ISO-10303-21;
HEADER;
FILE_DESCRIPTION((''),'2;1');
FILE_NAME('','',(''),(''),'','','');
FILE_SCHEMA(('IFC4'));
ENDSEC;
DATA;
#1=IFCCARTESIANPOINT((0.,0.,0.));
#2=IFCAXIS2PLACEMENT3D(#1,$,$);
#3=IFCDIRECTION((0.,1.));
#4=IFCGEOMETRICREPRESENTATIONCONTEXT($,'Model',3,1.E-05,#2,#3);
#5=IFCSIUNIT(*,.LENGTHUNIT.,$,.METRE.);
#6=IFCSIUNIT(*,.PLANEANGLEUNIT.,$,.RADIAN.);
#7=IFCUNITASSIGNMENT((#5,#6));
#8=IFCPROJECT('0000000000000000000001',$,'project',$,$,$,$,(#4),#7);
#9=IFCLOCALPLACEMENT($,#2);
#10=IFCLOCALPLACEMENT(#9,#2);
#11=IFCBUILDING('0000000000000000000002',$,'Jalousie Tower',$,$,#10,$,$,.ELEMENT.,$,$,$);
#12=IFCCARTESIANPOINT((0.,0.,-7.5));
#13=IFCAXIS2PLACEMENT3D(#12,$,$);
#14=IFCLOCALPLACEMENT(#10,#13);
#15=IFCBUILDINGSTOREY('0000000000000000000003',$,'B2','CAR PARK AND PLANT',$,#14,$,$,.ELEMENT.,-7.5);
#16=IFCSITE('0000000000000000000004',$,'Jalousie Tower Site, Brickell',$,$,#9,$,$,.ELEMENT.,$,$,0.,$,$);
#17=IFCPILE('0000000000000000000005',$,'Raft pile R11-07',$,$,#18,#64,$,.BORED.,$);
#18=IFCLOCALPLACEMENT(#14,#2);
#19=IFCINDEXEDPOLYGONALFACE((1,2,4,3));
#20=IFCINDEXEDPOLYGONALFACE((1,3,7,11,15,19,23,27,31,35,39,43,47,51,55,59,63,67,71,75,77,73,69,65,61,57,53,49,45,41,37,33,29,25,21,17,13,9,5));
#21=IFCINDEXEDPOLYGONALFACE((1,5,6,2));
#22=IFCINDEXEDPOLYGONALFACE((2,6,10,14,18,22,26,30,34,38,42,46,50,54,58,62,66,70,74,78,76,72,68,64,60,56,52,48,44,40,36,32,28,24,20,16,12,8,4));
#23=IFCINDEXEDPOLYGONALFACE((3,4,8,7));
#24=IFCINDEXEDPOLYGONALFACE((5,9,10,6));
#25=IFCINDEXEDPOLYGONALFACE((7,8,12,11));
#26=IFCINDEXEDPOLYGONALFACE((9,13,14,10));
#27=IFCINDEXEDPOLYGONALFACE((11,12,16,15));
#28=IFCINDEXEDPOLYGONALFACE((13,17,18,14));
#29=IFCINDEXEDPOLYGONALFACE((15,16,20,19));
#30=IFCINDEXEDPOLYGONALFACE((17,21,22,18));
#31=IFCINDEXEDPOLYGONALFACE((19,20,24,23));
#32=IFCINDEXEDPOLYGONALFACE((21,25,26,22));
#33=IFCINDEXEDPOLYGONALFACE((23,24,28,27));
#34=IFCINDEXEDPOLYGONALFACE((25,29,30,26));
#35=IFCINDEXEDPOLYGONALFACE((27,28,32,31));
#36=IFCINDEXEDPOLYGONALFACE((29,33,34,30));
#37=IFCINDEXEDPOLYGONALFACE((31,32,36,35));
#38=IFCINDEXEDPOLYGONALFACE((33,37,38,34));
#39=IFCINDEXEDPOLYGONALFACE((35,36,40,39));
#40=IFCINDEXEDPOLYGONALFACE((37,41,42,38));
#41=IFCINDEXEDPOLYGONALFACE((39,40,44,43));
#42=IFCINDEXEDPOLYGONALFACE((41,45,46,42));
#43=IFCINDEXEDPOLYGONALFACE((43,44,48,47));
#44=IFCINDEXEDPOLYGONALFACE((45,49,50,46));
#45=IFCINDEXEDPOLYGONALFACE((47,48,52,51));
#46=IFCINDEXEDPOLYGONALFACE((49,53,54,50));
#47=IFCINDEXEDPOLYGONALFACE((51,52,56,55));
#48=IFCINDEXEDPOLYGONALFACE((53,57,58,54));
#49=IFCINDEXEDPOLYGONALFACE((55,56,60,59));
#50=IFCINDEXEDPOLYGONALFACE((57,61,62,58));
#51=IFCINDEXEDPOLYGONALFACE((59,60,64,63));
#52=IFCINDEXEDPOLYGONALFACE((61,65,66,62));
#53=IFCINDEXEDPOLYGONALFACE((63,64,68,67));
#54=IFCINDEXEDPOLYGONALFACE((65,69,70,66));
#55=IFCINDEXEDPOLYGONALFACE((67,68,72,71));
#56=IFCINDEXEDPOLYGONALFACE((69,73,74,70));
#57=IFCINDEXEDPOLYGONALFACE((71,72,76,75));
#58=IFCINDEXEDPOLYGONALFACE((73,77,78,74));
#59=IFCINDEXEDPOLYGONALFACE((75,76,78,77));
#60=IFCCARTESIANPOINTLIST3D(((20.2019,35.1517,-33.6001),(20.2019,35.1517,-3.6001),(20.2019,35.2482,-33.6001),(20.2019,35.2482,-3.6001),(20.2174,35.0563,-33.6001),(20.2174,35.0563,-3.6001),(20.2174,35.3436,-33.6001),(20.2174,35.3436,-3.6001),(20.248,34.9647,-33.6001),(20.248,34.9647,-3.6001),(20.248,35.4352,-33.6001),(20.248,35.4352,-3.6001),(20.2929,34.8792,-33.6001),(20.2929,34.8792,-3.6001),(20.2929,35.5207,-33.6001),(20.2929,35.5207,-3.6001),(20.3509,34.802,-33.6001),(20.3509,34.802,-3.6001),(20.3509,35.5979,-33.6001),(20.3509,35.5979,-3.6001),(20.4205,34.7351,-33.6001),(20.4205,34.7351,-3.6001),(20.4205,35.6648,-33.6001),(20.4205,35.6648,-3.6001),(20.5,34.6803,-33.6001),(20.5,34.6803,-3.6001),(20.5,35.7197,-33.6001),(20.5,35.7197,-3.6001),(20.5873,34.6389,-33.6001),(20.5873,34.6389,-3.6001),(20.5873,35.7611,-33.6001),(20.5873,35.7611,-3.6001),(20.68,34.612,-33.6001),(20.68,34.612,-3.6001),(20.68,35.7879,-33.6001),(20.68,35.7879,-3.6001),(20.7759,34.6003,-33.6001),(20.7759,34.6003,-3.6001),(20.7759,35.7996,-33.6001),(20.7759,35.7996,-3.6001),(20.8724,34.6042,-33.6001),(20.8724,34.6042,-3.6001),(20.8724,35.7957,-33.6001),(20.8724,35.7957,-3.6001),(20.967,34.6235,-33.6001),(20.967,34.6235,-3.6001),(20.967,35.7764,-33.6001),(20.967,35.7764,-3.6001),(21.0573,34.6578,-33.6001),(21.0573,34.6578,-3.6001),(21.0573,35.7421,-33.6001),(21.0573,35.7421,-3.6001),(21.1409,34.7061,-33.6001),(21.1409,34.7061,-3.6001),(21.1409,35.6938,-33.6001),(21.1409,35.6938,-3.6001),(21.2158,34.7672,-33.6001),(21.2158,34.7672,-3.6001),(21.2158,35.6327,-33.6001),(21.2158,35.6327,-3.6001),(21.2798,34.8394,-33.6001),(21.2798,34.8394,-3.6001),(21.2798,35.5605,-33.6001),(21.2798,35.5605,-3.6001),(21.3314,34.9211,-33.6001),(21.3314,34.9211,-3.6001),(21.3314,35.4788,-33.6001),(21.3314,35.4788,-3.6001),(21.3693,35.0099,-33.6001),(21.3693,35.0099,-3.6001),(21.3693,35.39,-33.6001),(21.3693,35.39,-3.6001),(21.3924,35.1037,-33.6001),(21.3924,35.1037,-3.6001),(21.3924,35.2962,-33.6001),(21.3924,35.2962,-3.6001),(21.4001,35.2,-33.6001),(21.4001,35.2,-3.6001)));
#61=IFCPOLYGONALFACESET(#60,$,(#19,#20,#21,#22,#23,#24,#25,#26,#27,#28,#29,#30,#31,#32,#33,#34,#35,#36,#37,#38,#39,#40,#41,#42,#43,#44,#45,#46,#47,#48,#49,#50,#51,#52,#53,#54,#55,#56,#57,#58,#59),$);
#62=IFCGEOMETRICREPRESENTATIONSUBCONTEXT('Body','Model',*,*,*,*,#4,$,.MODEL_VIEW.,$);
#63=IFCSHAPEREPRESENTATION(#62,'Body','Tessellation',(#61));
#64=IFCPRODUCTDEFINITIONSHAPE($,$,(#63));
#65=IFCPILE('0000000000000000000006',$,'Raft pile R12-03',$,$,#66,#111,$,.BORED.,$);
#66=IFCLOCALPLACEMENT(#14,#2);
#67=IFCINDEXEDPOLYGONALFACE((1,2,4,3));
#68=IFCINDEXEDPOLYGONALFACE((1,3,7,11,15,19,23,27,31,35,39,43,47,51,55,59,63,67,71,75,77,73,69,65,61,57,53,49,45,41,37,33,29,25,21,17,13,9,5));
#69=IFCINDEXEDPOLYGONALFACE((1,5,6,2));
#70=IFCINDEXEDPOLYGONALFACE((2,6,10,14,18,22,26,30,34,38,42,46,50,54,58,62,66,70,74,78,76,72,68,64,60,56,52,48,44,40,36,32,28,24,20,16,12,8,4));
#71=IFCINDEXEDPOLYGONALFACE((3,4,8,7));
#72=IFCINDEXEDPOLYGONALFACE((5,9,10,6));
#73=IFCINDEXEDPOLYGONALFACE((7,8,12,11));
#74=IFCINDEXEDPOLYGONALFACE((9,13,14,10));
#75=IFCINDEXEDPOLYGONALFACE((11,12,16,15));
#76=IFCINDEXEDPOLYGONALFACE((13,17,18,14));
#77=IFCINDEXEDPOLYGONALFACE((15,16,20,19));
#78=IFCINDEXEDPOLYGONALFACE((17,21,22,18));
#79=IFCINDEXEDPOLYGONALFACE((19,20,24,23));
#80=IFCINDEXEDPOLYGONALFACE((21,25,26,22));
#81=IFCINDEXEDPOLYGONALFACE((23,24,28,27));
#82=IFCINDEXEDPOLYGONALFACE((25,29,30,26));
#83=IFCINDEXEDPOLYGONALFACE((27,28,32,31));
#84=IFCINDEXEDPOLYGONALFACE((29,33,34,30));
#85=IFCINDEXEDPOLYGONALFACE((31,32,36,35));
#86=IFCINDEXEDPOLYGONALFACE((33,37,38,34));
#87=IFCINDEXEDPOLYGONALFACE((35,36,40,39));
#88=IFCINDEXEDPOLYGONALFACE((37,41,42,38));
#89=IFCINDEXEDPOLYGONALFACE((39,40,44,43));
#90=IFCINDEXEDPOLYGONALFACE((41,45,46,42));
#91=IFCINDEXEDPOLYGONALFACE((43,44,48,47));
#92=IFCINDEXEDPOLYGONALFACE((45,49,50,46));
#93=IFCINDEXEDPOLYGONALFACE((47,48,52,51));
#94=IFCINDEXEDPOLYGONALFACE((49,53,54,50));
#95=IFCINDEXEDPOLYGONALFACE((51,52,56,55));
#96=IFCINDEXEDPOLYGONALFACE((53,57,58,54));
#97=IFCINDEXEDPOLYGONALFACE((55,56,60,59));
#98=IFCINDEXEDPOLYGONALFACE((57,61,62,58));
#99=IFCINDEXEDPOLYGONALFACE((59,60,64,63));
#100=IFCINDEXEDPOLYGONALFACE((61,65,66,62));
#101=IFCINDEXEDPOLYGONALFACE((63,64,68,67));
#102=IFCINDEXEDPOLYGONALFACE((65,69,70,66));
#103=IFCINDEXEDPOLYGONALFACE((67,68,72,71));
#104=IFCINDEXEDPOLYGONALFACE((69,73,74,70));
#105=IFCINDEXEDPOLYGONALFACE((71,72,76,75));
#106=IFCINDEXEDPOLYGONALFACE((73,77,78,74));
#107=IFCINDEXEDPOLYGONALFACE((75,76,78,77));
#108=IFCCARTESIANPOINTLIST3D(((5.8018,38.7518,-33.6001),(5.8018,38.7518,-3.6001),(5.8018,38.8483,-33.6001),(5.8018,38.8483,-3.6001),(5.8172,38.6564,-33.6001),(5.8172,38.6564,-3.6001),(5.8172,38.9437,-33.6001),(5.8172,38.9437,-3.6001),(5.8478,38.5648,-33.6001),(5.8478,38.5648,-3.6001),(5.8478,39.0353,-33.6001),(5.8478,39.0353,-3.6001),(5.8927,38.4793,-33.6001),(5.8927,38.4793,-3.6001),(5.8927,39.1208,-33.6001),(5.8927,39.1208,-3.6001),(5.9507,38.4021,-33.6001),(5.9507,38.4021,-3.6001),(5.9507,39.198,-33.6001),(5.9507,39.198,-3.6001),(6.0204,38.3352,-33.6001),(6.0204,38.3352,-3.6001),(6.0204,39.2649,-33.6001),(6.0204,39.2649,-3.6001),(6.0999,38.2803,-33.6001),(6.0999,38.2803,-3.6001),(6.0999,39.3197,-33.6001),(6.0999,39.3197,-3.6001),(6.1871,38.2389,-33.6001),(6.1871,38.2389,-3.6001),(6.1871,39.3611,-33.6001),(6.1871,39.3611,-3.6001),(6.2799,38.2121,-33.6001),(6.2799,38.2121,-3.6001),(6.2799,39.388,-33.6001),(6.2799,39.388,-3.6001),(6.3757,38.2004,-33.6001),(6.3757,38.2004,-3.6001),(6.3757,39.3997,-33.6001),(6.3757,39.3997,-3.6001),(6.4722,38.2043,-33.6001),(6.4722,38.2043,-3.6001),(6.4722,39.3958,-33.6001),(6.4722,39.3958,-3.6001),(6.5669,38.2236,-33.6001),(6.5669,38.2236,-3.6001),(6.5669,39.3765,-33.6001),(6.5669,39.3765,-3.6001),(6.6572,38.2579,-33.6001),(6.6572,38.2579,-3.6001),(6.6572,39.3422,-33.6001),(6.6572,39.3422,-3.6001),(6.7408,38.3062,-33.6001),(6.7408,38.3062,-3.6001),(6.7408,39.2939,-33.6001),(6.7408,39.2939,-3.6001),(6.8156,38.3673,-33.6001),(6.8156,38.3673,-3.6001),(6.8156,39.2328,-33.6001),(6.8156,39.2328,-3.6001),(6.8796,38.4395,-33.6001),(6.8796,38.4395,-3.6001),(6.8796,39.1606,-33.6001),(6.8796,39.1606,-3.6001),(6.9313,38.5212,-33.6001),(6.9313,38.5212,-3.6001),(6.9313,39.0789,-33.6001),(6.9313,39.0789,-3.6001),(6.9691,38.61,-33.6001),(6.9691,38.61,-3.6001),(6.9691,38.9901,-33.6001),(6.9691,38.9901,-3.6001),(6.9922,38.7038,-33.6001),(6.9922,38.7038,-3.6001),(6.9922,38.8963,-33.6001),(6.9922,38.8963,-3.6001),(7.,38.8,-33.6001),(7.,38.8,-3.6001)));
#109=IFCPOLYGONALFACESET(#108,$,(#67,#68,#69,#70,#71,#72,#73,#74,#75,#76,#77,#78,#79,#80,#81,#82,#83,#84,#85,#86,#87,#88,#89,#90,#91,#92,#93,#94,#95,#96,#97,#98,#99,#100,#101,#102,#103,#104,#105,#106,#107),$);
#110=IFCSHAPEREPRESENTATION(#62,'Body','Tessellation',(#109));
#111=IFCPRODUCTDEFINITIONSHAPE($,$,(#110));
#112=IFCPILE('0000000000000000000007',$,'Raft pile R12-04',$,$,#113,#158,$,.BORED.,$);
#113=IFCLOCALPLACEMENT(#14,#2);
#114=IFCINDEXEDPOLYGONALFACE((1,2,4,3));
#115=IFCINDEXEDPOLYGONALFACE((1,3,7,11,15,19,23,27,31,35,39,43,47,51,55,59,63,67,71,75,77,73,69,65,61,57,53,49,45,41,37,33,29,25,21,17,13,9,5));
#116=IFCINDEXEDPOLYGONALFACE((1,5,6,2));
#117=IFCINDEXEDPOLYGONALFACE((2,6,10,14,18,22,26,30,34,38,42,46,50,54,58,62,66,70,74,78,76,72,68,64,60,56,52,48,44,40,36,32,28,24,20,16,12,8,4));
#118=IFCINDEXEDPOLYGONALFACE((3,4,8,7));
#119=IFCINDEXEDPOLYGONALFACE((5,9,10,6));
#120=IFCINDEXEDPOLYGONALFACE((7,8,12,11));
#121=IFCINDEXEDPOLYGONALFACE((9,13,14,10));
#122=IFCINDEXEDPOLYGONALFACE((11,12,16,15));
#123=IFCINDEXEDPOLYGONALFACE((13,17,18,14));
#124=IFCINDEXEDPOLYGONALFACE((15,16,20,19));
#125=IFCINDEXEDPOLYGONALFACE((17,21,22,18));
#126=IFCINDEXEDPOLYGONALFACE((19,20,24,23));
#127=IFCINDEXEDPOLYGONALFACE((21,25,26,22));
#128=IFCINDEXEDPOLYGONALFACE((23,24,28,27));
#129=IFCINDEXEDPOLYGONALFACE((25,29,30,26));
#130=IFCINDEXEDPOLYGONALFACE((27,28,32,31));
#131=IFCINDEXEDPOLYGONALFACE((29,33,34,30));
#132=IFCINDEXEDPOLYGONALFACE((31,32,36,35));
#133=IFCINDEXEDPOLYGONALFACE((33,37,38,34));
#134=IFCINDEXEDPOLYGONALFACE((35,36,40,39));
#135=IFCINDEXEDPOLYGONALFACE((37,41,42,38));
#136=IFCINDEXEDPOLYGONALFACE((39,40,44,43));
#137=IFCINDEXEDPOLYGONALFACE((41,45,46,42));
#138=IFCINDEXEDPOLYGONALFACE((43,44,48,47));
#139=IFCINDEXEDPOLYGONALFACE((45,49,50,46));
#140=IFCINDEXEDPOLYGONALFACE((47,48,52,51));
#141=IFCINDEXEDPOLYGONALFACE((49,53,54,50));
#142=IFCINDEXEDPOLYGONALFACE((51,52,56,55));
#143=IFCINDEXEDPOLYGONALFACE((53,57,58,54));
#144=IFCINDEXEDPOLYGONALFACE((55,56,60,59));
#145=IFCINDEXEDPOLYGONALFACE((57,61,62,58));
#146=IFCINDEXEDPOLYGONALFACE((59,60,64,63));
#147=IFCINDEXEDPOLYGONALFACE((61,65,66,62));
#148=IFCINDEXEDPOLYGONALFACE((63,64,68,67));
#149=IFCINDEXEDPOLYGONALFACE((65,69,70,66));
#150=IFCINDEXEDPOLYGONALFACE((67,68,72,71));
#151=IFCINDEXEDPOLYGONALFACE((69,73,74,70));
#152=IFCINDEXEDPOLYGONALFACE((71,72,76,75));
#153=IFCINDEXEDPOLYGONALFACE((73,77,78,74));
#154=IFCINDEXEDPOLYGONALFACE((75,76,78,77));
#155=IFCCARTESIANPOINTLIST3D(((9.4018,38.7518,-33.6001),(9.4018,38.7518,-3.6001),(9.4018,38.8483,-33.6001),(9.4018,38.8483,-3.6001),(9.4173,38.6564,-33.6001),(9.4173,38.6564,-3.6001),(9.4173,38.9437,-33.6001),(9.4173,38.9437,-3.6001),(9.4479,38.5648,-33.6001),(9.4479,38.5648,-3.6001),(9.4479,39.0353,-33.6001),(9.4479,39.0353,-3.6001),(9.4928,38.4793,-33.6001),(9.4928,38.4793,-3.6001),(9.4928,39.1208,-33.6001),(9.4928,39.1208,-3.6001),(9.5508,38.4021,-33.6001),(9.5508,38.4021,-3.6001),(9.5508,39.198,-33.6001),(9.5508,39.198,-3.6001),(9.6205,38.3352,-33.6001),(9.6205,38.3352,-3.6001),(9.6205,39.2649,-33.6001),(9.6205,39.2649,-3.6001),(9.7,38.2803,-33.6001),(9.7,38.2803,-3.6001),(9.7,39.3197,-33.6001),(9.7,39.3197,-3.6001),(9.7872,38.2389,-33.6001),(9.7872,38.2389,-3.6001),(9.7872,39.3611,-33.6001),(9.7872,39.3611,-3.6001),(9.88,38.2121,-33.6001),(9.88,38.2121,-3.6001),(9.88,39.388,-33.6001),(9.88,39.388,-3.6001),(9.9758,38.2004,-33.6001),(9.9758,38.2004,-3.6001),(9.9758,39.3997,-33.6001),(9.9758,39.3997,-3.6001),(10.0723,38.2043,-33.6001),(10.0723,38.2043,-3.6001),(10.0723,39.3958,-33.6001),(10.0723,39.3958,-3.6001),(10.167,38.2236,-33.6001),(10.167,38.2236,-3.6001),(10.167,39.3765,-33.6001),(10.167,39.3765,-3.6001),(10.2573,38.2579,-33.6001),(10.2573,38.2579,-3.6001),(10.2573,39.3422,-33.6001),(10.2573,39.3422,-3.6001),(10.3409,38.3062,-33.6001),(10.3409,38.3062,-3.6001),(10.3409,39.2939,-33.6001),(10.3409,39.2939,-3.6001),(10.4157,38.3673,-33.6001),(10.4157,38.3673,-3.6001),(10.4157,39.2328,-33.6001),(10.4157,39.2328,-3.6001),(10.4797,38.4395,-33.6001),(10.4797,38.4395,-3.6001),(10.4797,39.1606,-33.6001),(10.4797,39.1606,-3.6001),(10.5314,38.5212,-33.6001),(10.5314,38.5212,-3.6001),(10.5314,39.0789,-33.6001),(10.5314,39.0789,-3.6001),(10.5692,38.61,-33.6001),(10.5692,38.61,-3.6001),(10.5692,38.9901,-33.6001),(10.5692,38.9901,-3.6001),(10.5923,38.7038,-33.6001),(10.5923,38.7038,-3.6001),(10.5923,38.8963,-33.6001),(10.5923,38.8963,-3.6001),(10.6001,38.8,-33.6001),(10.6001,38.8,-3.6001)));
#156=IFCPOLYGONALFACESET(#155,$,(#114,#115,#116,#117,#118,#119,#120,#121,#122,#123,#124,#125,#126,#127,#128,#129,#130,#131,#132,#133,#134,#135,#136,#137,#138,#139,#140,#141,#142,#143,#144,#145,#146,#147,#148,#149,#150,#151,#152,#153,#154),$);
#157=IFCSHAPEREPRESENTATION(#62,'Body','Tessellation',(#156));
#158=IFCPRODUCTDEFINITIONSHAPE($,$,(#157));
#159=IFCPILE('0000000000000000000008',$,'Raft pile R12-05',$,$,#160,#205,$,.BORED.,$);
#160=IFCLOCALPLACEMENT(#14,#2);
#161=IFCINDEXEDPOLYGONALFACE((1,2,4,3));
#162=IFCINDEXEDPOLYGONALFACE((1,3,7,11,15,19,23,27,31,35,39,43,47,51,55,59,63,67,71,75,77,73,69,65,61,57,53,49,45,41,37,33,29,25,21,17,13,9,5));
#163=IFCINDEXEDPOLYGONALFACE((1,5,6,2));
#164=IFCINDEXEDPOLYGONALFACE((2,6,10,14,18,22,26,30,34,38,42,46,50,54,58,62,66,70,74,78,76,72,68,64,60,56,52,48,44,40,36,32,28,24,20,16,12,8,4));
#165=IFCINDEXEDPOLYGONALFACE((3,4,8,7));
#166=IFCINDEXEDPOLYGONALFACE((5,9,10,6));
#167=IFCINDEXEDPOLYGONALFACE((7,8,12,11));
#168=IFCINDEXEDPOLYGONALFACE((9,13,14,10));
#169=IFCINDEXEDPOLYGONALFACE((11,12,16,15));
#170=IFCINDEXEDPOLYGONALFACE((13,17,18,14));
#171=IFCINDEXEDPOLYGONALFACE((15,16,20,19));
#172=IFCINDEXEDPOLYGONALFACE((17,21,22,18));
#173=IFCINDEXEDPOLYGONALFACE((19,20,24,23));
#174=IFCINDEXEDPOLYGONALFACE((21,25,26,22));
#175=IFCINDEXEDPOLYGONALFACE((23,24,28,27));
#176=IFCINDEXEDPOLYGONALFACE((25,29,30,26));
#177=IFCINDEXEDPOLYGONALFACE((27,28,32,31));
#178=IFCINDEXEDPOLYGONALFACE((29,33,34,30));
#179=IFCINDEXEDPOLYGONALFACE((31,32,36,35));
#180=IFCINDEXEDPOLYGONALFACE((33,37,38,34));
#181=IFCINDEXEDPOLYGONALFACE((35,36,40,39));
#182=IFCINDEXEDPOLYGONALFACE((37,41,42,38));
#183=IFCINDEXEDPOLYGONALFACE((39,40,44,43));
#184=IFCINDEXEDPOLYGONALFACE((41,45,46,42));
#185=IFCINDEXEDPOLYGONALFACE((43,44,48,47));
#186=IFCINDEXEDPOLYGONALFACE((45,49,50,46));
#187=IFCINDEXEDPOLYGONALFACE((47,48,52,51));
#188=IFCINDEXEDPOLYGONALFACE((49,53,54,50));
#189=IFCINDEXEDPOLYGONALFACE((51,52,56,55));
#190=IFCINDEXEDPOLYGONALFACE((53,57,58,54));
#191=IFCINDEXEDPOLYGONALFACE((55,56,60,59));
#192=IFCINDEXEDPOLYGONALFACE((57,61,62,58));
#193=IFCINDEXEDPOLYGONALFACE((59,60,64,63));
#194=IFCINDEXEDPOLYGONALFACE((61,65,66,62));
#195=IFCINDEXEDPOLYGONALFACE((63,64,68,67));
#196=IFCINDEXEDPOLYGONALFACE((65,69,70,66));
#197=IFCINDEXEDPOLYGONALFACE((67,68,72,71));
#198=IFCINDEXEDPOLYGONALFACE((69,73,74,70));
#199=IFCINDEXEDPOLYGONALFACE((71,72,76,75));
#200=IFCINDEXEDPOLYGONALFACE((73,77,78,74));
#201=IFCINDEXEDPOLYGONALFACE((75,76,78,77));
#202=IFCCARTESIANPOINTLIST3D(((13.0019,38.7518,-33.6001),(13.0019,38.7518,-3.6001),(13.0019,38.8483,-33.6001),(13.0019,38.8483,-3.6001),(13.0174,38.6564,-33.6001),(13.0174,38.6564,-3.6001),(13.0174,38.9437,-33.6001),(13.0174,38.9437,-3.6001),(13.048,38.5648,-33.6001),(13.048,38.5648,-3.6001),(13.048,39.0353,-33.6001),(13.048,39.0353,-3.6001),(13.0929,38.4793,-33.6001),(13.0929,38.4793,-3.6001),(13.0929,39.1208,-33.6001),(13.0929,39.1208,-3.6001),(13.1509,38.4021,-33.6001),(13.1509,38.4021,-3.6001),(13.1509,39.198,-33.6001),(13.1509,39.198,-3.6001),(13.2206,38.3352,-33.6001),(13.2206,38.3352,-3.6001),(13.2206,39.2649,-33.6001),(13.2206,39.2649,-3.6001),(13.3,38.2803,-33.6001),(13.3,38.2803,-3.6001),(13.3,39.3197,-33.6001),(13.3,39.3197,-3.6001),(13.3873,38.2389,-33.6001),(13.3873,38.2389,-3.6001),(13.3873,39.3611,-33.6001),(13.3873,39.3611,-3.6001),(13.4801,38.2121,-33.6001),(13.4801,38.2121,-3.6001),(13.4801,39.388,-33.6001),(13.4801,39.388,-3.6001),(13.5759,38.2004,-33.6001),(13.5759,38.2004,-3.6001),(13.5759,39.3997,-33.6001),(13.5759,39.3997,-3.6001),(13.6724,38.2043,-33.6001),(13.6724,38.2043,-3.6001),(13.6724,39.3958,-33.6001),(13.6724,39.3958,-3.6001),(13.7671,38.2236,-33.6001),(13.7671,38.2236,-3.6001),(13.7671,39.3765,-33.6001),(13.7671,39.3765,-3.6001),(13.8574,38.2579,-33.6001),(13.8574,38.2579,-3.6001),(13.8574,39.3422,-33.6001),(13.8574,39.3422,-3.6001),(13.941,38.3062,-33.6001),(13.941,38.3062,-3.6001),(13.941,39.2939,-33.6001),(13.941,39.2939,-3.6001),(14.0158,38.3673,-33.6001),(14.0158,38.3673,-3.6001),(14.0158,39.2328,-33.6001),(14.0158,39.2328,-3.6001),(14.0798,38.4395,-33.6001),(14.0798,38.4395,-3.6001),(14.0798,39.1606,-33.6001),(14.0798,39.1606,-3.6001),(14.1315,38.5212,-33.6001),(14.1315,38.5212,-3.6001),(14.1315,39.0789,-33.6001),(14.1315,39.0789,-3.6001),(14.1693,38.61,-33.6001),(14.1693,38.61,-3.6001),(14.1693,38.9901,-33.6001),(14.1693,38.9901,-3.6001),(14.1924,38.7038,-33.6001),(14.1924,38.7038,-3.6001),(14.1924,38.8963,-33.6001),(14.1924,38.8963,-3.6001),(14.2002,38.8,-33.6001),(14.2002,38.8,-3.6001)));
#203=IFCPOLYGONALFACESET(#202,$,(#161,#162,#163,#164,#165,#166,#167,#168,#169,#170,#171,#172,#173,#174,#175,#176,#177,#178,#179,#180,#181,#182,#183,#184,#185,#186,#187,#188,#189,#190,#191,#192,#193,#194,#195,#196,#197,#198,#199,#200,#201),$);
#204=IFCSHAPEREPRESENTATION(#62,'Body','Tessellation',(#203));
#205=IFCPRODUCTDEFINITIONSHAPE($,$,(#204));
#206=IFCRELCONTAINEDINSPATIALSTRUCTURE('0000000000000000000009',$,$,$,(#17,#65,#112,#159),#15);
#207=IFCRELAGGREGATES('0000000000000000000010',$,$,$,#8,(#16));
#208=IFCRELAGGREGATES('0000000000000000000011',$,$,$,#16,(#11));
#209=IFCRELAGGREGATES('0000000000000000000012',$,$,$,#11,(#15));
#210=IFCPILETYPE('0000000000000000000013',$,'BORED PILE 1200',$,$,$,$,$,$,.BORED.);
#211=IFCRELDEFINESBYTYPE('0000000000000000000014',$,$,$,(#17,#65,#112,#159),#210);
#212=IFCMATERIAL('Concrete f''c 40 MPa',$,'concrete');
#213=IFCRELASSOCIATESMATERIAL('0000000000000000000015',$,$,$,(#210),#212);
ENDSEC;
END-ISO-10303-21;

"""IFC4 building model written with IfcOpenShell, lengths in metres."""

from ifc_helpers import new_model, si_unit, direction, frame, origin, origin_2d, place, context, subcontext, project, spatial, circle, extrude, material, material_profile, profile_set, type_object, element, save


model = new_model("IFC4")

# Units and contexts
model_context = context("Model", 3, precision=1e-05, world=origin(), true_north=direction((0.0, 1.0)))
body_context = subcontext(model_context, "Body", "Model", "MODEL_VIEW")
ifc_project = project(units=[si_unit("LENGTHUNIT", "METRE"), si_unit("PLANEANGLEUNIT", "RADIAN")], contexts=[model_context])

# Site, building, storey
site_placement = place(None, origin())
site = spatial("IfcSite", under=ifc_project, at=site_placement, Name="Jalousie Tower Site, Brickell", CompositionType="ELEMENT", RefElevation=0.0)
building_placement = place(site_placement, origin())
building = spatial("IfcBuilding", under=site, at=building_placement, Name="Jalousie Tower", CompositionType="ELEMENT")
storey_placement = place(building_placement, frame((0.0, 0.0, -7.5)))
storey = spatial("IfcBuildingStorey", under=building, at=storey_placement, Name="B2", Description="CAR PARK AND PLANT", CompositionType="ELEMENT", Elevation=-7.5)

# Piles
ifc_material_1 = material(Name="Concrete f'c 40 MPa", Category="concrete")
ifc_material_profile_1 = material_profile(ifc_material_1, circle(Radius=0.6001, at=origin_2d()), Name="BORED PILE D1200")
ifc_profile_set_1 = profile_set([ifc_material_profile_1], Name="Concrete f'c 40 MPa")
pile_type = type_object("IfcPileType", Name="BORED PILE 1200", PredefinedType="BORED", material=ifc_profile_set_1)
for number, where, z_axis, x_axis, name in (
    (1, (20.8, 35.2, -3.6001), (0.0, 0.0, -1.0), (1.0, 0.0, 0.0), "Raft pile R11-07"),
    (2, (6.3999, 38.8, -3.6001), (0.0, 0.0, -1.0), (1.0, 0.0, 0.0), "Raft pile R12-03"),
    (3, (10.0, 38.8, -3.6001), (0.0, 0.0, -1.0), (1.0, 0.0, 0.0), "Raft pile R12-04"),
    (4, (13.6001, 38.8, -3.6001), (0.0, 0.0, -1.0), (1.0, 0.0, 0.0), "Raft pile R12-05"),
):
    element("IfcPile", number, at=place(storey_placement, frame(where, z_axis=z_axis, x_axis=x_axis)), inside=storey, type_object=pile_type, Name=name, PredefinedType="BORED", context=body_context, shape_type="SweptSolid", body=[
        extrude(circle(Radius=0.6001, at=origin_2d()), origin(), (0.0, 0.0, 1.0), 30.0),
    ])

save(model, "model.ifc")
